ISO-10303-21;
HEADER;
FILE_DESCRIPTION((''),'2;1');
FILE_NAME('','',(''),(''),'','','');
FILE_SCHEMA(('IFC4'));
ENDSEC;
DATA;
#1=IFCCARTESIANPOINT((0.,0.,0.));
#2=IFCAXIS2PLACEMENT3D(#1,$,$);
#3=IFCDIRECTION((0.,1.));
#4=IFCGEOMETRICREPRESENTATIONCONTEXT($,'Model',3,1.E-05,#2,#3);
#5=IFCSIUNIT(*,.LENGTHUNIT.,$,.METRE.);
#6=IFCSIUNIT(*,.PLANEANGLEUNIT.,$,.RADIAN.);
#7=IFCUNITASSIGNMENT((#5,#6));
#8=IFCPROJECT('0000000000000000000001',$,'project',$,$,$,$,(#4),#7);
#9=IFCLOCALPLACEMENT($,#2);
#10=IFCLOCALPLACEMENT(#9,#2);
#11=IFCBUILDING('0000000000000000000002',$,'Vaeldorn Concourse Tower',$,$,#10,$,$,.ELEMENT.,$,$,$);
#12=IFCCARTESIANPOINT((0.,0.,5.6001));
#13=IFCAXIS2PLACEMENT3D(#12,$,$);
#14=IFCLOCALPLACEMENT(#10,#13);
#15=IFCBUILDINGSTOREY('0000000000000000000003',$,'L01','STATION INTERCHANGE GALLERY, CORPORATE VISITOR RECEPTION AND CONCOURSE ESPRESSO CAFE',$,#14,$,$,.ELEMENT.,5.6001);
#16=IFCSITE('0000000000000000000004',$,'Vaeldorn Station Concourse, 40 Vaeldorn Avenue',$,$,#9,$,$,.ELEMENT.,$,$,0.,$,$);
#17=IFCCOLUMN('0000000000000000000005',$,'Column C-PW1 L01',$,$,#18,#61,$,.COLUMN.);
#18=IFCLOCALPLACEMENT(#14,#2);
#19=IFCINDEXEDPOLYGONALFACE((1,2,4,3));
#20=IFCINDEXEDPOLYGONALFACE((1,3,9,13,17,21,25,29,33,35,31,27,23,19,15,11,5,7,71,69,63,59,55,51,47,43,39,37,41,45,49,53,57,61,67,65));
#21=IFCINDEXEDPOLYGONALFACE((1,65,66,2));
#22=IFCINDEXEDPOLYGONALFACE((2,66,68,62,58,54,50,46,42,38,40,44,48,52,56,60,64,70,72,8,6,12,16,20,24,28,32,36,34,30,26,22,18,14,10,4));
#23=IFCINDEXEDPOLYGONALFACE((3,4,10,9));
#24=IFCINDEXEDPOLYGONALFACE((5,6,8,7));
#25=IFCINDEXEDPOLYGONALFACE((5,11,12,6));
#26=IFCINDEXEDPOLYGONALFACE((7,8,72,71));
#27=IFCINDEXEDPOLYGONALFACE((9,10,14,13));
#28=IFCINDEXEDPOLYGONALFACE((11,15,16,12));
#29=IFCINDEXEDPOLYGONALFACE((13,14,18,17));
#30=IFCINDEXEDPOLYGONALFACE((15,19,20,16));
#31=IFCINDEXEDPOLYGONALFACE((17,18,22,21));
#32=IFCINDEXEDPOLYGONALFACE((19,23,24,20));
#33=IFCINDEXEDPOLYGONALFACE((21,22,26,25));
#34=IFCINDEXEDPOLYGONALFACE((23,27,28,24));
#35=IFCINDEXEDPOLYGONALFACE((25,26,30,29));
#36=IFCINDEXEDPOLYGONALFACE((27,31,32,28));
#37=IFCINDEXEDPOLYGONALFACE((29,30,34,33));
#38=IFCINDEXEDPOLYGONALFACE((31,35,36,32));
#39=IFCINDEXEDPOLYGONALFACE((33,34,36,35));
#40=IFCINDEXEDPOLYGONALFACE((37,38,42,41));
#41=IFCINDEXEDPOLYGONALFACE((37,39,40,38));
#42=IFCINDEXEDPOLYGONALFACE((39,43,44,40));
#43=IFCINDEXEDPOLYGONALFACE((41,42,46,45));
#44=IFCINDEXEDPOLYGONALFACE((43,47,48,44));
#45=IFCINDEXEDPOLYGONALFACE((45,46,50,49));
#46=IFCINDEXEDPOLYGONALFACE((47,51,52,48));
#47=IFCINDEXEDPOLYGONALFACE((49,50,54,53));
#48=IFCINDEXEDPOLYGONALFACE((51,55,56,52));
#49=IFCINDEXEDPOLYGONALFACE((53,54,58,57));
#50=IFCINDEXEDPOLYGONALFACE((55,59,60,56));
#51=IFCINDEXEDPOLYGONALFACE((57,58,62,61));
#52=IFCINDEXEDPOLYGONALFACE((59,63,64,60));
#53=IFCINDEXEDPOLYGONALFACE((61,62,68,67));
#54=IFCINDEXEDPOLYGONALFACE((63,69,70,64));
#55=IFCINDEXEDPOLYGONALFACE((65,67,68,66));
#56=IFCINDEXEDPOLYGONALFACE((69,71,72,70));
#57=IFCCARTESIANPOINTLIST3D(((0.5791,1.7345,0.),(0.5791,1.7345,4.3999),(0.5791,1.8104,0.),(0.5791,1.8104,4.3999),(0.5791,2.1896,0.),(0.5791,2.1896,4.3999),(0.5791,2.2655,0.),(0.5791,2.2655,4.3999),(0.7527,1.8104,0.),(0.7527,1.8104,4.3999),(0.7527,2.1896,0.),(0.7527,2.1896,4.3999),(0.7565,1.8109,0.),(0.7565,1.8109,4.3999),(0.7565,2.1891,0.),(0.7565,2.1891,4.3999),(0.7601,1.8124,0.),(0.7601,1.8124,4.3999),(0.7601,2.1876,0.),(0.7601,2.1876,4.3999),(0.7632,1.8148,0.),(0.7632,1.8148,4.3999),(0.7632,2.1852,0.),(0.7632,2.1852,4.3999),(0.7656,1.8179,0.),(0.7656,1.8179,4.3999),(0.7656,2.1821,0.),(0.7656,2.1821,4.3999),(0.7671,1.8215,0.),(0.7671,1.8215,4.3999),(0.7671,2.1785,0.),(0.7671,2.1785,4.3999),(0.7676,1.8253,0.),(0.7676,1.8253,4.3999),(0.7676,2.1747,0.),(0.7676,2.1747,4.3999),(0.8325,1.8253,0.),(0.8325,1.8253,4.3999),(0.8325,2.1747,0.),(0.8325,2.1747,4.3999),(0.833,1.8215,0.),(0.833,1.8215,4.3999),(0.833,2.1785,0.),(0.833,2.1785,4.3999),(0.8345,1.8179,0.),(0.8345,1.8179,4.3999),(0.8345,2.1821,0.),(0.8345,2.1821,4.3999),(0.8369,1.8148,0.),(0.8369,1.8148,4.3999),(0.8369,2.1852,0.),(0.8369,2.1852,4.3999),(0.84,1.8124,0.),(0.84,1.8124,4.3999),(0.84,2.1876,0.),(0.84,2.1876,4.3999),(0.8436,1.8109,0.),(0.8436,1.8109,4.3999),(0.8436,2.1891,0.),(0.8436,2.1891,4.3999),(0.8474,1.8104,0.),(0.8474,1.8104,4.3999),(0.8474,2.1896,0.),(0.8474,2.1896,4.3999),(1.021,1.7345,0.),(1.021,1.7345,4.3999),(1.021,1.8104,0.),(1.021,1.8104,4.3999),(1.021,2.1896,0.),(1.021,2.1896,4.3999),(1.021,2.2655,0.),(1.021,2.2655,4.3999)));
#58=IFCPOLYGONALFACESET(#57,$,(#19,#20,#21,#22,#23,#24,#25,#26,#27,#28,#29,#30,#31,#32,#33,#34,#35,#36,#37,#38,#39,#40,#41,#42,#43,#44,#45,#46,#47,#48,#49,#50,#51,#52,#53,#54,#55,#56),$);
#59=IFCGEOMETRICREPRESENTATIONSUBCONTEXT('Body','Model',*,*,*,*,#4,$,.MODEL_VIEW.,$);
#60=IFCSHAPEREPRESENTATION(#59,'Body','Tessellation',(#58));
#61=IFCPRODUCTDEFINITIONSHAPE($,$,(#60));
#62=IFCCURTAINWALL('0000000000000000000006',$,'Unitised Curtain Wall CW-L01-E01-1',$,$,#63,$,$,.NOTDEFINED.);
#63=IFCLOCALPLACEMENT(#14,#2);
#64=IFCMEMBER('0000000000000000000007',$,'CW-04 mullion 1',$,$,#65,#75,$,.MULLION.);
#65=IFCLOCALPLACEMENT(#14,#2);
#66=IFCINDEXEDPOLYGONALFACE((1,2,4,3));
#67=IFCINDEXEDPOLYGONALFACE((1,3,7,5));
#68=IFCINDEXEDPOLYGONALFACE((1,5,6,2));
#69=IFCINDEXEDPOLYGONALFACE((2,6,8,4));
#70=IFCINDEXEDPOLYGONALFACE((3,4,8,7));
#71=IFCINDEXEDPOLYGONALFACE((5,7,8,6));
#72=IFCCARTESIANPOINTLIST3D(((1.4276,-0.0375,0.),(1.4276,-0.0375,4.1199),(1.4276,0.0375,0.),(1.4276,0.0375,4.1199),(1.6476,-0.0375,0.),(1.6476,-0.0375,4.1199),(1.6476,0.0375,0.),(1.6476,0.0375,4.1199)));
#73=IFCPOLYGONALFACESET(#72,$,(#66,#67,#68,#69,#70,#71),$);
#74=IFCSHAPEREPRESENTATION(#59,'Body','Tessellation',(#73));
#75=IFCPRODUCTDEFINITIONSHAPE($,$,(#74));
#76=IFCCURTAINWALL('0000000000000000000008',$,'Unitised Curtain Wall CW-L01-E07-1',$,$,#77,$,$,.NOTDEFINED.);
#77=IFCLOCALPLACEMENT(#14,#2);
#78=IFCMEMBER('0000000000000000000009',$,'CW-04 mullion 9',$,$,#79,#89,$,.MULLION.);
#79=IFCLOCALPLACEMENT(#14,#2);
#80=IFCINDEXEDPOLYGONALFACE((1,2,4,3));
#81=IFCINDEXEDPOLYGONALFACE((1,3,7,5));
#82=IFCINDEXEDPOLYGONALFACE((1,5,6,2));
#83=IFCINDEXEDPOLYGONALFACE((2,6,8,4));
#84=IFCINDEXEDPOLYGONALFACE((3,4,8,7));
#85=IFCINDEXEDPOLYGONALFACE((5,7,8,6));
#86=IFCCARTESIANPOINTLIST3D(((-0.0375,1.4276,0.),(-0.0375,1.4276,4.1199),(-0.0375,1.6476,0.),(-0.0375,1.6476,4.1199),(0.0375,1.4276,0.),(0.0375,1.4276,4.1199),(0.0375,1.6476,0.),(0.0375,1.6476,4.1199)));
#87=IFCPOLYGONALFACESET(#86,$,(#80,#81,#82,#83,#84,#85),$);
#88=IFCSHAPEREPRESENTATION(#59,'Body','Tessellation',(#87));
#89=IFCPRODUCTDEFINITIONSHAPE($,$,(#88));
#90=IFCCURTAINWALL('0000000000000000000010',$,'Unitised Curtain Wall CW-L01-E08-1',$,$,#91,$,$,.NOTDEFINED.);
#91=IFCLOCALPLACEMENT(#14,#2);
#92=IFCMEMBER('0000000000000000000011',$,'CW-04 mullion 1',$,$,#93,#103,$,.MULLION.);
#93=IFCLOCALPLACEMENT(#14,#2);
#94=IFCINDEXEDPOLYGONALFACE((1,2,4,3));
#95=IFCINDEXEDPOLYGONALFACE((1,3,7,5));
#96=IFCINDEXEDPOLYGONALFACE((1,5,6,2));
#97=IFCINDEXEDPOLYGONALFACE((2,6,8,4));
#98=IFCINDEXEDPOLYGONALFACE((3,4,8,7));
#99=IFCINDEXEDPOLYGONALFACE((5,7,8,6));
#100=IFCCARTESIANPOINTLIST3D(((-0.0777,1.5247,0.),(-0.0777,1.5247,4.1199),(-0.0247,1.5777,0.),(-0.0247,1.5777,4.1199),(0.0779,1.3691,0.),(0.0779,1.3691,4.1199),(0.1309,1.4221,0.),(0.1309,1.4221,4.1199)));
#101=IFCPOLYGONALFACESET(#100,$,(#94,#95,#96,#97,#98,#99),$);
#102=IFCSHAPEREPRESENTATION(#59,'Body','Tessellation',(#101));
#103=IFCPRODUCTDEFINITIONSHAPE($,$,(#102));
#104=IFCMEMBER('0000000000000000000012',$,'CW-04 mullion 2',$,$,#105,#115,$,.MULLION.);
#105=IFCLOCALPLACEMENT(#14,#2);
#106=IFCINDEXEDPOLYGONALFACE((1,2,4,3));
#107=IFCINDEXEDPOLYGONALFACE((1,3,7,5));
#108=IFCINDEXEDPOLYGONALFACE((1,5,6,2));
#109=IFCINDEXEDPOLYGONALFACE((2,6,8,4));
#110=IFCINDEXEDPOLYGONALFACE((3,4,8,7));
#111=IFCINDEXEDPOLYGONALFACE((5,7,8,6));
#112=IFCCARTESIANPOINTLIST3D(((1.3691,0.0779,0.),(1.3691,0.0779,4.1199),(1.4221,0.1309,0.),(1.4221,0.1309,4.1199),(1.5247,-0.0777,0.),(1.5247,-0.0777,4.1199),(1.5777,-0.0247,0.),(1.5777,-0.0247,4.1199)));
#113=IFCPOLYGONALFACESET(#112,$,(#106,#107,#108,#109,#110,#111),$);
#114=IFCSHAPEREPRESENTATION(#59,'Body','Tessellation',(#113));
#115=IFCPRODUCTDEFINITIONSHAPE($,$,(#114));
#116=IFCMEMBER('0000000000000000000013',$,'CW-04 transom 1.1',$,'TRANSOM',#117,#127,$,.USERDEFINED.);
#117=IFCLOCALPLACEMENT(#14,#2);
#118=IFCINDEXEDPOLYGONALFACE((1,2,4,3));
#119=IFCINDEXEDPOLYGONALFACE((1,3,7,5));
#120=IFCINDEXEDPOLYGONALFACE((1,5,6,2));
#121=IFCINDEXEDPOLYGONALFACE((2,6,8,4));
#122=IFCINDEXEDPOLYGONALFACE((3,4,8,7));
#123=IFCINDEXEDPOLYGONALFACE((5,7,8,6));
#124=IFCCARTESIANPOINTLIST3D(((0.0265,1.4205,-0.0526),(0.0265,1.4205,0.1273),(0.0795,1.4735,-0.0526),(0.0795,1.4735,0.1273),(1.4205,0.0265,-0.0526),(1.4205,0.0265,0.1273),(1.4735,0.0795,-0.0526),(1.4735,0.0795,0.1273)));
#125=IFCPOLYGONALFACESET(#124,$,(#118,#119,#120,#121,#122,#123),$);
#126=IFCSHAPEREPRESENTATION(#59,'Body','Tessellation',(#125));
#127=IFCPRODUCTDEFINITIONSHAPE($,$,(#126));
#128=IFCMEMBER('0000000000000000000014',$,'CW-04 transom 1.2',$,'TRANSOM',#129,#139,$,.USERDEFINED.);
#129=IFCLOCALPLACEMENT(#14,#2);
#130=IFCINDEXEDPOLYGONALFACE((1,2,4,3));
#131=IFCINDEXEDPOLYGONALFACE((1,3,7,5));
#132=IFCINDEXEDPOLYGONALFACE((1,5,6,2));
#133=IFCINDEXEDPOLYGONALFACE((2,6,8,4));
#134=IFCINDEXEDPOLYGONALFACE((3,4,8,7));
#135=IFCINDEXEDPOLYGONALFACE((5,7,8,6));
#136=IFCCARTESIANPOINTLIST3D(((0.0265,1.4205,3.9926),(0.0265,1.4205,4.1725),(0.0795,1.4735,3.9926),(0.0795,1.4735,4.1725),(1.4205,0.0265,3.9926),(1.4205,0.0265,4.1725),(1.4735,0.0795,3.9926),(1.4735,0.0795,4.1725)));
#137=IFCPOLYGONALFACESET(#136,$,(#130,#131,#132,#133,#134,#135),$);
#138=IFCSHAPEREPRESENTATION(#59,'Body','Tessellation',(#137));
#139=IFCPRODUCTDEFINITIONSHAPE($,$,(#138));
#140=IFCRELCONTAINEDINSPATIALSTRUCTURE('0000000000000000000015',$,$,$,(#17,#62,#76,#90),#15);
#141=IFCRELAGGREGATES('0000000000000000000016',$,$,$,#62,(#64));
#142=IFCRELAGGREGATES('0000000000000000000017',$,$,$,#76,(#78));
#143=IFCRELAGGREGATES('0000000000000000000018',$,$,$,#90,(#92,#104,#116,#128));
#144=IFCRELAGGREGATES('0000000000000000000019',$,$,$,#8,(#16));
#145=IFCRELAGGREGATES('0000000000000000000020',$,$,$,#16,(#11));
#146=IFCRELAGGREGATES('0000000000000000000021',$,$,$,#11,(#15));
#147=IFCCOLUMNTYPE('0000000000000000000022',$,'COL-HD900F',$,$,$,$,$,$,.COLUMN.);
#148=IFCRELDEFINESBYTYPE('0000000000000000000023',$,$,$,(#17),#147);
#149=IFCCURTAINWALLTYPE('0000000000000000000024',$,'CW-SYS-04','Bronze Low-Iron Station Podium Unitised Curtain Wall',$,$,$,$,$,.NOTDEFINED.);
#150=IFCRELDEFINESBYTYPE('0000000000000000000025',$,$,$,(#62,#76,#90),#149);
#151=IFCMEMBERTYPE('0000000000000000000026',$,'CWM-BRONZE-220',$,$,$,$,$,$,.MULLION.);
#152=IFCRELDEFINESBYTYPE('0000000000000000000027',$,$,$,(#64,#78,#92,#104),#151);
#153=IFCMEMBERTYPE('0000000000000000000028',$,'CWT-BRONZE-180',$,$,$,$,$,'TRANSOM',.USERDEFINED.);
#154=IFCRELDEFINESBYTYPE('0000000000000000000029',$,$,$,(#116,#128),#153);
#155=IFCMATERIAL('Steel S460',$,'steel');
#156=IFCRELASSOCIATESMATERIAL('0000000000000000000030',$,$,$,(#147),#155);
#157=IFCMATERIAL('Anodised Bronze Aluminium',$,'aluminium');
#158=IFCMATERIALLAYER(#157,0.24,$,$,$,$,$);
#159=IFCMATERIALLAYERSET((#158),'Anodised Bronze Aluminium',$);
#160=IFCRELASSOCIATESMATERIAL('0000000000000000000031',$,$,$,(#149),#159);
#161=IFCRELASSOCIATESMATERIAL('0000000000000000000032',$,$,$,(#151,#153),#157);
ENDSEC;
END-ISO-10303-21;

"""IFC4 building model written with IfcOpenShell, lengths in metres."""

from ifc_helpers import new_model, si_unit, direction, frame, origin, origin_2d, place, context, subcontext, project, spatial, rectangle, i_section, extrude, source, transform, mapped, material, layer, layer_set, material_profile, profile_set, type_object, element, aggregate, save


model = new_model("IFC4")

# Units and contexts
model_context = context("Model", 3, precision=1e-05, world=origin(), true_north=direction((0.0, 1.0)))
body_context = subcontext(model_context, "Body", "Model", "MODEL_VIEW")
ifc_project = project(units=[si_unit("LENGTHUNIT", "METRE"), si_unit("PLANEANGLEUNIT", "RADIAN")], contexts=[model_context])

# Site, building, storey
site_placement = place(None, origin())
site = spatial("IfcSite", under=ifc_project, at=site_placement, Name="Vaeldorn Station Concourse, 40 Vaeldorn Avenue", CompositionType="ELEMENT", RefElevation=0.0)
building_placement = place(site_placement, origin())
building = spatial("IfcBuilding", under=site, at=building_placement, Name="Vaeldorn Concourse Tower", CompositionType="ELEMENT")
storey_placement = place(building_placement, frame((0.0, 0.0, 5.6001)))
storey = spatial("IfcBuildingStorey", under=building, at=storey_placement, Name="L01", Description="STATION INTERCHANGE GALLERY, CORPORATE VISITOR RECEPTION AND CONCOURSE ESPRESSO CAFE", CompositionType="ELEMENT", Elevation=5.6001)

# Column
ifc_material_1 = material(Name="Steel S460", Category="steel")
ifc_material_profile_1 = material_profile(ifc_material_1, i_section(OverallWidth=0.4419, OverallDepth=0.531, WebThickness=0.0649, FlangeThickness=0.0759, FilletRadius=0.0149, at=origin_2d()), Name="HD 400x900")
ifc_profile_set_1 = profile_set([ifc_material_profile_1], Name="Steel S460")
column_type = type_object("IfcColumnType", Name="COL-HD900F", PredefinedType="COLUMN", material=ifc_profile_set_1)
shared_shape_1 = source(origin(), body_context, "Body", "SweptSolid", [
    extrude(i_section(OverallWidth=0.4419, OverallDepth=0.531, WebThickness=0.0649, FlangeThickness=0.0759, FilletRadius=0.0149, at=origin_2d()), origin(), (0.0, 0.0, 1.0), 4.3999),
])
column_placement = place(storey_placement, frame((0.8, 2.0, 0.0), z_axis=(0.0, 0.0, 1.0), x_axis=(1.0, 0.0, 0.0)))
element("IfcColumn", 1, at=column_placement, inside=storey, type_object=column_type, Name="Column C-PW1 L01", PredefinedType="COLUMN", context=body_context, shape_type="MappedRepresentation", body=[
    mapped(shared_shape_1, transform((0.0, 0.0, 0.0), scale=1.0)),
])

# Curtain walls, members
ifc_material_2 = material(Name="Anodised Bronze Aluminium", Category="aluminium")
ifc_layer_1 = layer(ifc_material_2, 0.24)
ifc_layer_set_1 = layer_set([ifc_layer_1], Name="Anodised Bronze Aluminium")
curtain_wall_type = type_object("IfcCurtainWallType", Name="CW-SYS-04", Description="Bronze Low-Iron Station Podium Unitised Curtain Wall", PredefinedType="NOTDEFINED", material=ifc_layer_set_1)
curtain_wall_1_placement = place(storey_placement, origin())
curtain_wall_1 = element("IfcCurtainWall", 2, at=curtain_wall_1_placement, inside=storey, type_object=curtain_wall_type, Name="Unitised Curtain Wall CW-L01-E01-1", PredefinedType="NOTDEFINED")
ifc_material_profile_2 = material_profile(ifc_material_2, rectangle(XDim=0.075, YDim=0.22, at=origin_2d()), Name="CWM 75x220")
ifc_profile_set_2 = profile_set([ifc_material_profile_2], Name="Anodised Bronze Aluminium")
member_type_1 = type_object("IfcMemberType", Name="CWM-BRONZE-220", PredefinedType="MULLION", material=ifc_profile_set_2)
shared_shape_2 = source(origin(), body_context, "Body", "SweptSolid", [
    extrude(rectangle(XDim=0.075, YDim=0.22, at=origin_2d()), origin(), (0.0, 0.0, 1.0), 4.1199),
])
member_1_placement = place(storey_placement, frame((1.5376, 0.0, 0.0), z_axis=(0.0, 0.0, 1.0), x_axis=(0.0, 1.0, 0.0)))
member_1 = element("IfcMember", 3, at=member_1_placement, type_object=member_type_1, Name="CW-04 mullion 1", PredefinedType="MULLION", context=body_context, shape_type="MappedRepresentation", body=[
    mapped(shared_shape_2, transform((0.0, 0.0, 0.0), scale=1.0)),
])
aggregate(curtain_wall_1, [member_1])
curtain_wall_2_placement = place(storey_placement, origin())
curtain_wall_2 = element("IfcCurtainWall", 4, at=curtain_wall_2_placement, inside=storey, type_object=curtain_wall_type, Name="Unitised Curtain Wall CW-L01-E07-1", PredefinedType="NOTDEFINED")
member_2_placement = place(storey_placement, frame((0.0, 1.5376, 0.0), z_axis=(0.0, 0.0, 1.0), x_axis=(1.0, 0.0, 0.0)))
member_2 = element("IfcMember", 5, at=member_2_placement, type_object=member_type_1, Name="CW-04 mullion 9", PredefinedType="MULLION", context=body_context, shape_type="MappedRepresentation", body=[
    mapped(shared_shape_2, transform((0.0, 0.0, 0.0), scale=1.0)),
])
aggregate(curtain_wall_2, [member_2])

# Curtain wall, members
curtain_wall_3_placement = place(storey_placement, origin())
curtain_wall_3 = element("IfcCurtainWall", 6, at=curtain_wall_3_placement, inside=storey, type_object=curtain_wall_type, Name="Unitised Curtain Wall CW-L01-E08-1", PredefinedType="NOTDEFINED")
member_3_placement = place(storey_placement, frame((0.0266, 1.4734, 0.0), z_axis=(0.0, 0.0, 1.0), x_axis=(0.707107, 0.707107, 0.0)))
member_3 = element("IfcMember", 7, at=member_3_placement, type_object=member_type_1, Name="CW-04 mullion 1", PredefinedType="MULLION", context=body_context, shape_type="MappedRepresentation", body=[
    mapped(shared_shape_2, transform((0.0, 0.0, 0.0), scale=1.0)),
])
member_4_placement = place(storey_placement, frame((1.4734, 0.0266, 0.0), z_axis=(0.0, 0.0, 1.0), x_axis=(0.707107, 0.707107, 0.0)))
member_4 = element("IfcMember", 8, at=member_4_placement, type_object=member_type_1, Name="CW-04 mullion 2", PredefinedType="MULLION", context=body_context, shape_type="MappedRepresentation", body=[
    mapped(shared_shape_2, transform((0.0, 0.0, 0.0), scale=1.0)),
])
ifc_material_profile_3 = material_profile(ifc_material_2, rectangle(XDim=0.075, YDim=0.1799, at=origin_2d()), Name="CWT 75x180")
ifc_profile_set_3 = profile_set([ifc_material_profile_3], Name="Anodised Bronze Aluminium")
member_type_2 = type_object("IfcMemberType", Name="CWT-BRONZE-180", ElementType="TRANSOM", PredefinedType="USERDEFINED", material=ifc_profile_set_3)
shared_shape_3 = source(origin(), body_context, "Body", "SweptSolid", [
    extrude(rectangle(XDim=0.075, YDim=0.1799, at=origin_2d()), origin(), (0.0, 0.0, 1.0), 1.9714),
])
member_5_placement = place(storey_placement, frame((0.053, 1.447, 0.0374), z_axis=(0.707107, -0.707107, 0.0), x_axis=(0.707107, 0.707107, 0.0)))
member_5 = element("IfcMember", 9, at=member_5_placement, type_object=member_type_2, Name="CW-04 transom 1.1", ObjectType="TRANSOM", PredefinedType="USERDEFINED", context=body_context, shape_type="MappedRepresentation", body=[
    mapped(shared_shape_3, transform((0.0, 0.0, 0.0), scale=1.0)),
])
member_6_placement = place(storey_placement, frame((0.053, 1.447, 4.0825), z_axis=(0.707107, -0.707107, 0.0), x_axis=(0.707107, 0.707107, 0.0)))
member_6 = element("IfcMember", 10, at=member_6_placement, type_object=member_type_2, Name="CW-04 transom 1.2", ObjectType="TRANSOM", PredefinedType="USERDEFINED", context=body_context, shape_type="MappedRepresentation", body=[
    mapped(shared_shape_3, transform((0.0, 0.0, 0.0), scale=1.0)),
])

aggregate(curtain_wall_3, [member_3, member_4, member_5, member_6])

save(model, "model.ifc")
